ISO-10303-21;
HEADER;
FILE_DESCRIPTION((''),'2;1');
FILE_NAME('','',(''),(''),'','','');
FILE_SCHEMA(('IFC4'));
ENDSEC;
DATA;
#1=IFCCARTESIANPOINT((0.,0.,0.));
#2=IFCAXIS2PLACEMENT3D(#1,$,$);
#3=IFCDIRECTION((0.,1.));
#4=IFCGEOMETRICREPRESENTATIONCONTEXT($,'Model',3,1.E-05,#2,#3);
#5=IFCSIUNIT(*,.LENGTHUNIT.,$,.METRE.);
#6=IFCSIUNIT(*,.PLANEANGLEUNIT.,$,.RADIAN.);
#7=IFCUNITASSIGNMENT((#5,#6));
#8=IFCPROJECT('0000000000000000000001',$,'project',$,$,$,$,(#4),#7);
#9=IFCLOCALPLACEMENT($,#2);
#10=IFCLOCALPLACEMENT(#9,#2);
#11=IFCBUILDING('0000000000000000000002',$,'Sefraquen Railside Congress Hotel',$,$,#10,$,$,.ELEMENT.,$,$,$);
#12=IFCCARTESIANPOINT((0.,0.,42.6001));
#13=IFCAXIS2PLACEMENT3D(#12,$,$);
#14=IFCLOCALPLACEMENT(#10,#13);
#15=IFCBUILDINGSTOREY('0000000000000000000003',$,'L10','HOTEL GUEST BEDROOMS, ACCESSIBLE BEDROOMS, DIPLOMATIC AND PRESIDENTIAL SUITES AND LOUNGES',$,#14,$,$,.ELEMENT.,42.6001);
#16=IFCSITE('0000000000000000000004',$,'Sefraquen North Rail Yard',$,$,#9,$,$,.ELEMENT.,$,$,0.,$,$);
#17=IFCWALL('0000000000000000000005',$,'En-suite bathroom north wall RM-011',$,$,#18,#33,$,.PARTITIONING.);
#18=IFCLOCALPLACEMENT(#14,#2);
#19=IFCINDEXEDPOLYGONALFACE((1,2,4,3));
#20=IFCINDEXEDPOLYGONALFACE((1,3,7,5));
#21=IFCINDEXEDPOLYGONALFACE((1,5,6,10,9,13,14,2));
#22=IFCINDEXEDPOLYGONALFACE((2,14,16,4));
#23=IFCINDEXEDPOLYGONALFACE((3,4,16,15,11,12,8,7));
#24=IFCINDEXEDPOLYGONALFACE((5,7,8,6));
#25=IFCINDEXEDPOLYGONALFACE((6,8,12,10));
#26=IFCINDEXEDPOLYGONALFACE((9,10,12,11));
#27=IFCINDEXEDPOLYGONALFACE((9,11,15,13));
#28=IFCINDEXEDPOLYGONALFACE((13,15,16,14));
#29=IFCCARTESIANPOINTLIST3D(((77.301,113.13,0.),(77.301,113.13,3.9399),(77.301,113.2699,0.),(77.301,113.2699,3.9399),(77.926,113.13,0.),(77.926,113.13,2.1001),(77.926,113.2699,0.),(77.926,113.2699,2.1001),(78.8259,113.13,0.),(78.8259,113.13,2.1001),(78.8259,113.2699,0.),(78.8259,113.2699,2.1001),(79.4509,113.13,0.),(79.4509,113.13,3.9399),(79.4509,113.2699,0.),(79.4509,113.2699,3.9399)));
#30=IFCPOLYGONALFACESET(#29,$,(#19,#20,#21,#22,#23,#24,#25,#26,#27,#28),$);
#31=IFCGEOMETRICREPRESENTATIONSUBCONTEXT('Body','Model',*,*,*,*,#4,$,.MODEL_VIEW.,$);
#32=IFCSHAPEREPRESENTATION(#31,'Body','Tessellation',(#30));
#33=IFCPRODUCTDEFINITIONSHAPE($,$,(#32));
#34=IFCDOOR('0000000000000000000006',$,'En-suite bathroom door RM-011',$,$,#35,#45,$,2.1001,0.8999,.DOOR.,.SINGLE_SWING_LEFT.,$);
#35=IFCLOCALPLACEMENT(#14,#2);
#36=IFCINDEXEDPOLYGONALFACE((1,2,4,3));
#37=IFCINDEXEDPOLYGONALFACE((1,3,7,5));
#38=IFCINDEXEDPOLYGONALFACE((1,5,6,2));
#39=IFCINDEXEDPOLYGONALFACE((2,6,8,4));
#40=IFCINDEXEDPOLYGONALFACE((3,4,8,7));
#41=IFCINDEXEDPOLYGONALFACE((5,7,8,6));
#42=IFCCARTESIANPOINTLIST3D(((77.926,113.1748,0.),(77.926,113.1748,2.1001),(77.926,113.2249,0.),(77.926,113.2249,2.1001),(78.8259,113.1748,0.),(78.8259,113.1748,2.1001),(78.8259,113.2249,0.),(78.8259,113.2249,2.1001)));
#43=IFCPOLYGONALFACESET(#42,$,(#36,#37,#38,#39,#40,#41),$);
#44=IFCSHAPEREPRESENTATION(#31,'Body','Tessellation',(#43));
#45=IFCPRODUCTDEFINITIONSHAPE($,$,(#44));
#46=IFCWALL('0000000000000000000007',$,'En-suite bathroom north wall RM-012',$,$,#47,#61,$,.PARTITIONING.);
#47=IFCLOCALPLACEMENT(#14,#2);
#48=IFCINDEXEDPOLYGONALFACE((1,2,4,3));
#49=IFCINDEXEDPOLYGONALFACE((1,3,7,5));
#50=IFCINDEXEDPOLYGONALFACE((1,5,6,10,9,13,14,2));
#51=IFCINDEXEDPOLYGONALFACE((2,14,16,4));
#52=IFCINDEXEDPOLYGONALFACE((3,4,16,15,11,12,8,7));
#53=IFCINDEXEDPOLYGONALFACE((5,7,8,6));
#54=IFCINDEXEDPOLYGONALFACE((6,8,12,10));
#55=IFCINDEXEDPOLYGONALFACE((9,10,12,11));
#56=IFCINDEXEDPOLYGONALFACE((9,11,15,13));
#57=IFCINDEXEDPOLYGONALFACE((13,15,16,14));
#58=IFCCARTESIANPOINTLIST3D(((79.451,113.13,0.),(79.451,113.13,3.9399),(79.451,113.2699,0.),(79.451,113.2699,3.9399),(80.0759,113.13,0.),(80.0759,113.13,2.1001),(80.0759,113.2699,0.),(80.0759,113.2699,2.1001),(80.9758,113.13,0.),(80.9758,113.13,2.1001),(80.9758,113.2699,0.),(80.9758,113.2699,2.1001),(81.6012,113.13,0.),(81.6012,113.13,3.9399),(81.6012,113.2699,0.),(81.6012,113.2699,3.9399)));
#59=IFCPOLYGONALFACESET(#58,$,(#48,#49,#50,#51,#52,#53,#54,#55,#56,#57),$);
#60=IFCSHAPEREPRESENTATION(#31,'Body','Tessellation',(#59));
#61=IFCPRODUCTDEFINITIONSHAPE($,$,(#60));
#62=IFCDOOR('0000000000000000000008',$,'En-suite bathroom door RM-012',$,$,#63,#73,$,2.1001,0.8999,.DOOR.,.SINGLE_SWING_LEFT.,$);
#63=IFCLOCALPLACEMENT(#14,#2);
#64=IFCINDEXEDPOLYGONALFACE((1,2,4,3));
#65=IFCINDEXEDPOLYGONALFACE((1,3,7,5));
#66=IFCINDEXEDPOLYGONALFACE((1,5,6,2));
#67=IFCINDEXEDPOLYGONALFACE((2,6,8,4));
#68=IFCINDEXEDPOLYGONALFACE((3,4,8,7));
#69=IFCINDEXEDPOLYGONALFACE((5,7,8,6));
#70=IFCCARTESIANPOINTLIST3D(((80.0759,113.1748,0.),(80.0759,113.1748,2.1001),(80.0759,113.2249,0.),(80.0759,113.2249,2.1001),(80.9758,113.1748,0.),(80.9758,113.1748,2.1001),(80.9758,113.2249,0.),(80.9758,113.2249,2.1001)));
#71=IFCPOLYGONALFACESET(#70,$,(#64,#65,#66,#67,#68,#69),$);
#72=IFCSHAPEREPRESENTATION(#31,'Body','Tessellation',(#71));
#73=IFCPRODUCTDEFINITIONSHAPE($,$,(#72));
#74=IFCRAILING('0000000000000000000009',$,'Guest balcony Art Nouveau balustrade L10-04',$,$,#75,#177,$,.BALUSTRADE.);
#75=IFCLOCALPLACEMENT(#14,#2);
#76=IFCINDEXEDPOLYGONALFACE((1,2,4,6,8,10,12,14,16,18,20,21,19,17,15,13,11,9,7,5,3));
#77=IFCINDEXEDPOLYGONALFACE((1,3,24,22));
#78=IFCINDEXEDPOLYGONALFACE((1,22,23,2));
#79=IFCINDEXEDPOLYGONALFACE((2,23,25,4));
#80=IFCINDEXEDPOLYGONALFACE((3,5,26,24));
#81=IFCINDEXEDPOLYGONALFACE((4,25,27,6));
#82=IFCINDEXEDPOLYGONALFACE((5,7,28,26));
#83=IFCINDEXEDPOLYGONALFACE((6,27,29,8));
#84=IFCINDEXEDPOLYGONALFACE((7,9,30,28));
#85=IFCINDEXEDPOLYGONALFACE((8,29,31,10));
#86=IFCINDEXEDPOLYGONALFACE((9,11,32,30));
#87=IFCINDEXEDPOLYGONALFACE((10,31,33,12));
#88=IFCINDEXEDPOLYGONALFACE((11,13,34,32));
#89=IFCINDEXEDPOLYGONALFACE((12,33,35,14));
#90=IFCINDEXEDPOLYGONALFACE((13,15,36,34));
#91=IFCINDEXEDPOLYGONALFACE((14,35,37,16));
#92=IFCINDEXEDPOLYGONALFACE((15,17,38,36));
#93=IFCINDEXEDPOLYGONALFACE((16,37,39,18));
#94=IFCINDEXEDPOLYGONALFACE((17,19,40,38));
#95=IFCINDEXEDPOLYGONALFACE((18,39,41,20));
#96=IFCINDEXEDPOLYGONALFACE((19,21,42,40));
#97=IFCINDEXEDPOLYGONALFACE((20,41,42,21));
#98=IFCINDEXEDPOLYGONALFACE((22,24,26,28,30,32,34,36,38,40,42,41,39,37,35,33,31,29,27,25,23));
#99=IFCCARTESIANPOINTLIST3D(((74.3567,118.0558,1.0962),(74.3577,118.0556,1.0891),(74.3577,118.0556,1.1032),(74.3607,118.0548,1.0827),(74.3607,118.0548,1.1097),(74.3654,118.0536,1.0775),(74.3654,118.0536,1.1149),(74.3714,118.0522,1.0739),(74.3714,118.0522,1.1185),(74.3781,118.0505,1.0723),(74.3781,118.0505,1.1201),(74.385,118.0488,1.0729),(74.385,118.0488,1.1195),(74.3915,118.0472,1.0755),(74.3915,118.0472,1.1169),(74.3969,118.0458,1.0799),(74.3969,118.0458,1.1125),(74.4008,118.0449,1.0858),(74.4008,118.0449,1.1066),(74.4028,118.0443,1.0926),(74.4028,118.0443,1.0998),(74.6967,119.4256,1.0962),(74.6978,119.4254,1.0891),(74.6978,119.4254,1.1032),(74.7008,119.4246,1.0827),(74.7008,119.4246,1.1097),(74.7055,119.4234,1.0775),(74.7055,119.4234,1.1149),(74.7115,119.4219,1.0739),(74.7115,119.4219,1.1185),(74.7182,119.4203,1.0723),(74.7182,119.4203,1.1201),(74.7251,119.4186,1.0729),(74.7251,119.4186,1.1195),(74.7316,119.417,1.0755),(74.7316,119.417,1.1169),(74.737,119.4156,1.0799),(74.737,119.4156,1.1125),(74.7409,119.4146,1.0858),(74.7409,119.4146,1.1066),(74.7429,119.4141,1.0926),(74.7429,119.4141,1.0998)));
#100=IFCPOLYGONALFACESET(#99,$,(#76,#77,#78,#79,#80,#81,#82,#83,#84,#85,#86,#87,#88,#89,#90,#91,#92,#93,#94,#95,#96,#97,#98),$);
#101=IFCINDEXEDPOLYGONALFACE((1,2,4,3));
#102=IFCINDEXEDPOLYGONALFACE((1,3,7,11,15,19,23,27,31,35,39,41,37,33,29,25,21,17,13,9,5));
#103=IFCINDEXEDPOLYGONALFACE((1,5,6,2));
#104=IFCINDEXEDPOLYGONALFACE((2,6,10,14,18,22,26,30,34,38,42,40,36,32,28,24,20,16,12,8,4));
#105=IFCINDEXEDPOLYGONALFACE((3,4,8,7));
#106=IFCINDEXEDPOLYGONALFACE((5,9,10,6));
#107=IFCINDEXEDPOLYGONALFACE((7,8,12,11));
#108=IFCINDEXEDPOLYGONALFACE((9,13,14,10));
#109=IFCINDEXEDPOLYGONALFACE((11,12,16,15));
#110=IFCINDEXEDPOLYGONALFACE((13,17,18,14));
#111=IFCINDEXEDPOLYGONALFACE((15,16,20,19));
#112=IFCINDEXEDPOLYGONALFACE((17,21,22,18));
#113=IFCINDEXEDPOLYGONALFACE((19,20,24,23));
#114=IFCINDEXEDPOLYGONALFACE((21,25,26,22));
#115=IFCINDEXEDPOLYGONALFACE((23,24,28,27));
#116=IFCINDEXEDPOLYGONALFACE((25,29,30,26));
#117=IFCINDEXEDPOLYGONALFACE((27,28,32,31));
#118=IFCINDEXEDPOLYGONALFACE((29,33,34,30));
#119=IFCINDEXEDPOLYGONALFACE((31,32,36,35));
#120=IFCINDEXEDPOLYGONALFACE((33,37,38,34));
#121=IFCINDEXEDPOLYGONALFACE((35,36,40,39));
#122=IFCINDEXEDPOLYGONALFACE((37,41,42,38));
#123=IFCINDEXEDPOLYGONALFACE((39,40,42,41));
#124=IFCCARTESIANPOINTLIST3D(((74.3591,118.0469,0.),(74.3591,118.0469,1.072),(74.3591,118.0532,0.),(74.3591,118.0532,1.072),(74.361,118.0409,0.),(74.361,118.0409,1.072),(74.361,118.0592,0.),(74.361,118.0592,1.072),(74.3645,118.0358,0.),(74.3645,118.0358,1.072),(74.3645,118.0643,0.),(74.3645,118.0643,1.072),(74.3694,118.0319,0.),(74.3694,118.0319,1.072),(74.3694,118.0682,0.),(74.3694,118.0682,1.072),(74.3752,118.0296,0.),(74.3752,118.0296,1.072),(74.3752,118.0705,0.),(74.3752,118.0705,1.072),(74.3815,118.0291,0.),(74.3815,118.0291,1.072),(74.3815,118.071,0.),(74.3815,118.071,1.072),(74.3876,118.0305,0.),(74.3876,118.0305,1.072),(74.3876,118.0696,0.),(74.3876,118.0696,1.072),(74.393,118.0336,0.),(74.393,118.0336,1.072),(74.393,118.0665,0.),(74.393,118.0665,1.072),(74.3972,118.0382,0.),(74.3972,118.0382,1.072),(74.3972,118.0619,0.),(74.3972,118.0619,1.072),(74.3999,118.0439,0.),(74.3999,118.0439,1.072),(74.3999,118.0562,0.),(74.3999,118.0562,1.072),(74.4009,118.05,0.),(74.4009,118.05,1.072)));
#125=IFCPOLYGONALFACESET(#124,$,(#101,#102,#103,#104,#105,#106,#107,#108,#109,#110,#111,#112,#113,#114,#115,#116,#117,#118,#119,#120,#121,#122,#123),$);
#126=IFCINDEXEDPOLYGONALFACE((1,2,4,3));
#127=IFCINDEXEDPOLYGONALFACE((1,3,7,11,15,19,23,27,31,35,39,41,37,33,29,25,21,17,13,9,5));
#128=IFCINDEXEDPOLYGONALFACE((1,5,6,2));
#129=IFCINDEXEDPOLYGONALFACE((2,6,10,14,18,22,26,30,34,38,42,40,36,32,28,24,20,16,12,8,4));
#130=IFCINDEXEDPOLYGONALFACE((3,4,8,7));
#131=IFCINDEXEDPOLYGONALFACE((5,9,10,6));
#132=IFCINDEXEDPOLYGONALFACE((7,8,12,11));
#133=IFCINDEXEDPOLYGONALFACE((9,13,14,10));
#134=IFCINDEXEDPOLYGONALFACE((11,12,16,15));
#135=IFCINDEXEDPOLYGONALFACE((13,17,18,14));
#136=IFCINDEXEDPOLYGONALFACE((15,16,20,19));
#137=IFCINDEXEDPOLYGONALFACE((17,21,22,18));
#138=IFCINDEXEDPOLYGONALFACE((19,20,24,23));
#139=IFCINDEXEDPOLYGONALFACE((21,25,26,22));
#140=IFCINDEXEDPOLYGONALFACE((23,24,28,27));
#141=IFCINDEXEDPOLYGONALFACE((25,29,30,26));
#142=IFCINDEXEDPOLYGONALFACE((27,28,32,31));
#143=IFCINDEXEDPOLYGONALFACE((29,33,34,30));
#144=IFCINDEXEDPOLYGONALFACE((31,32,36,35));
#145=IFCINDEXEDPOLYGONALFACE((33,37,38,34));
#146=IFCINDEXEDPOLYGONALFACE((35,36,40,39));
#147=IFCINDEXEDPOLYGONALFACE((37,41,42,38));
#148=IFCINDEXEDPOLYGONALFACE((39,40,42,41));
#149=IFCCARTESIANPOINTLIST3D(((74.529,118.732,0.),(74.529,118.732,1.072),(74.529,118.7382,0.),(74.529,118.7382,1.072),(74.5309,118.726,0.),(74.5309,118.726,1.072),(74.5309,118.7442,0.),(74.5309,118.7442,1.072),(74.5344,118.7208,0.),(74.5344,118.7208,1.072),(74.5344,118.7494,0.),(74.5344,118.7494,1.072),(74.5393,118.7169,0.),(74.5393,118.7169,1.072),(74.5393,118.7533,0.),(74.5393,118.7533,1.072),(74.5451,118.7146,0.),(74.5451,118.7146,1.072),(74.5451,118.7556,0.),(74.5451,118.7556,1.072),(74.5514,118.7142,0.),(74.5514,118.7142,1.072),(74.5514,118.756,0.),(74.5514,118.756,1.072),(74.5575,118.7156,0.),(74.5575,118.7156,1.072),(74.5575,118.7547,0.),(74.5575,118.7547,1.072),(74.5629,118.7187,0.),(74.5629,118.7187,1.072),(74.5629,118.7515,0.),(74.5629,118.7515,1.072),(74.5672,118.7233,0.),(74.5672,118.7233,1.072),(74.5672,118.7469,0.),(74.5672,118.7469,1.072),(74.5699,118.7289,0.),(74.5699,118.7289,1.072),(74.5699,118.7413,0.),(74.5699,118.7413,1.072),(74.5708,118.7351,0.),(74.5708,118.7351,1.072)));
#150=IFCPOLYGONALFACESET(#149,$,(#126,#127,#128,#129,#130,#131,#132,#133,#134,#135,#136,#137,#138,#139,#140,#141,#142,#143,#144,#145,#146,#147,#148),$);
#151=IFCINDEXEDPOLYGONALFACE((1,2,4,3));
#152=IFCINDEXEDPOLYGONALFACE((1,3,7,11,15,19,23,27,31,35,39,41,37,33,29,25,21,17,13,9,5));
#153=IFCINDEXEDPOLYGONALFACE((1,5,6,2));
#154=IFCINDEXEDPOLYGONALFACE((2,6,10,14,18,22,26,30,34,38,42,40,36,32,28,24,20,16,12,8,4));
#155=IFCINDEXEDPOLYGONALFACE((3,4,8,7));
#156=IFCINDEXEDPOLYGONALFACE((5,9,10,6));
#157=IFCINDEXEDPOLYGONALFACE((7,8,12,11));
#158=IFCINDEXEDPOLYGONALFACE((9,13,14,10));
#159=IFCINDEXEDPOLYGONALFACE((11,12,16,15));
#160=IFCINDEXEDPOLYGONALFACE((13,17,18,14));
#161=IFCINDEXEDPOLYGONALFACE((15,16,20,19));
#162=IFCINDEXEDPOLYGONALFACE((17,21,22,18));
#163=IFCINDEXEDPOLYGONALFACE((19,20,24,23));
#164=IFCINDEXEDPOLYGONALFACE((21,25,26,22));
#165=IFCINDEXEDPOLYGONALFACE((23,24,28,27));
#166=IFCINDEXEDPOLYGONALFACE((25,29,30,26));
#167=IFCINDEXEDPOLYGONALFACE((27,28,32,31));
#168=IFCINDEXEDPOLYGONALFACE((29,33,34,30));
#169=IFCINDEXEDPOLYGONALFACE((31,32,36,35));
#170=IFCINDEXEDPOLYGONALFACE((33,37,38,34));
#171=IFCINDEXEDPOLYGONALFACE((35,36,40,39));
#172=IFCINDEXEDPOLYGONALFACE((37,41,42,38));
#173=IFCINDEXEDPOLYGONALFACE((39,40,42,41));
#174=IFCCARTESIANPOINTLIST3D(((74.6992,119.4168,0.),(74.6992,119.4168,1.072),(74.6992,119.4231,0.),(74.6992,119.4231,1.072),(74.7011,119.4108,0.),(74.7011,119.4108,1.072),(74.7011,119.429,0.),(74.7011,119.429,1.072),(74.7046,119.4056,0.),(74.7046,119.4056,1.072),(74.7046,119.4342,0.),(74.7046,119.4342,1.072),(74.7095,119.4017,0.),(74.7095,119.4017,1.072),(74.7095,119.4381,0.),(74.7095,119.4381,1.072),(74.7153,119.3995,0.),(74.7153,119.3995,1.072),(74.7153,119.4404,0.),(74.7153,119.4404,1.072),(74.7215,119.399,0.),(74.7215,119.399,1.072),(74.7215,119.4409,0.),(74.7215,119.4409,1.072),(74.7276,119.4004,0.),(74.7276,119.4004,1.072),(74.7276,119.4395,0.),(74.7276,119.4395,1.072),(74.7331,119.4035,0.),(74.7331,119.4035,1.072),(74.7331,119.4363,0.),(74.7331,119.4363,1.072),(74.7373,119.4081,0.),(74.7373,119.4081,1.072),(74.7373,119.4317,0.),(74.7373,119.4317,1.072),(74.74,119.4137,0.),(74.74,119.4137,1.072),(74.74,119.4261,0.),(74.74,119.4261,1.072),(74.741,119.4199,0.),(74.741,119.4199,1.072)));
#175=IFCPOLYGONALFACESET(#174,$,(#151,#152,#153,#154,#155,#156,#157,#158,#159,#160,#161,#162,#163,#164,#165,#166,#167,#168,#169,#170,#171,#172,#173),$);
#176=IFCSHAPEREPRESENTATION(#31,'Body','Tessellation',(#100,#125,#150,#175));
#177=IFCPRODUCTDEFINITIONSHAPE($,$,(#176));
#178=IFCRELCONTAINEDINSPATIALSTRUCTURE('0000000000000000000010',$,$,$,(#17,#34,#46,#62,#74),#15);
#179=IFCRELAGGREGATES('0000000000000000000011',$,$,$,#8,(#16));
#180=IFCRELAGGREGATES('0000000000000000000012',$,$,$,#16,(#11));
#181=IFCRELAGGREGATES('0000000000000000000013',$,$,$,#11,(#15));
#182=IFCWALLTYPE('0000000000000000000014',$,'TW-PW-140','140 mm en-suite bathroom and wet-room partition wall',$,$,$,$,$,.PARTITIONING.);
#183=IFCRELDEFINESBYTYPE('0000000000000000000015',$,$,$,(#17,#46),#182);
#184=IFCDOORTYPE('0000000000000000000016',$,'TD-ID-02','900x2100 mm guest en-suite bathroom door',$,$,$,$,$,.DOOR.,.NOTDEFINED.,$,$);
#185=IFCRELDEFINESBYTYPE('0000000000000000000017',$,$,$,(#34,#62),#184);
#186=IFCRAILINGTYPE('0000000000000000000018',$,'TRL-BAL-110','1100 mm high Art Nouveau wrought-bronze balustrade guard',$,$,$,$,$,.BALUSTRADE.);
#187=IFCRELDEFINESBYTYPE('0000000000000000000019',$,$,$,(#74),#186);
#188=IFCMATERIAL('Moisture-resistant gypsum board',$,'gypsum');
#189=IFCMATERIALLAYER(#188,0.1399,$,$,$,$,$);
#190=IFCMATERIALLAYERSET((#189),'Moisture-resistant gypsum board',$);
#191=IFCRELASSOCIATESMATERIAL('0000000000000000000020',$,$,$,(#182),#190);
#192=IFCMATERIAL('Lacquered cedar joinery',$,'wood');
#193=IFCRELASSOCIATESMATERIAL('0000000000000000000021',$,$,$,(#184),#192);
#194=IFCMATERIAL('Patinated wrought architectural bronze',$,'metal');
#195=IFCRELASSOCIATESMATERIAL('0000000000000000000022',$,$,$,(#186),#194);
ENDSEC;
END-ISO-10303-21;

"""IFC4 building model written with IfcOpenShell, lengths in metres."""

from ifc_helpers import new_model, si_unit, direction, frame, frame_2d, origin, origin_2d, place, context, subcontext, project, spatial, rectangle, circle, extrude, material, layer, layer_set, type_object, element, fill, save


model = new_model("IFC4")

# Units and contexts
model_context = context("Model", 3, precision=1e-05, world=origin(), true_north=direction((0.0, 1.0)))
body_context = subcontext(model_context, "Body", "Model", "MODEL_VIEW")
ifc_project = project(units=[si_unit("LENGTHUNIT", "METRE"), si_unit("PLANEANGLEUNIT", "RADIAN")], contexts=[model_context])

# Site, building, storey
site_placement = place(None, origin())
site = spatial("IfcSite", under=ifc_project, at=site_placement, Name="Sefraquen North Rail Yard", CompositionType="ELEMENT", RefElevation=0.0)
building_placement = place(site_placement, origin())
building = spatial("IfcBuilding", under=site, at=building_placement, Name="Sefraquen Railside Congress Hotel", CompositionType="ELEMENT")
storey_placement = place(building_placement, frame((0.0, 0.0, 42.6001)))
storey = spatial("IfcBuildingStorey", under=building, at=storey_placement, Name="L10", Description="HOTEL GUEST BEDROOMS, ACCESSIBLE BEDROOMS, DIPLOMATIC AND PRESIDENTIAL SUITES AND LOUNGES", CompositionType="ELEMENT", Elevation=42.6001)

# Walls, openings, doors
ifc_material_1 = material(Name="Moisture-resistant gypsum board", Category="gypsum")
ifc_layer = layer(ifc_material_1, 0.1399)
ifc_layer_set = layer_set([ifc_layer], Name="Moisture-resistant gypsum board")
wall_type = type_object("IfcWallType", Name="TW-PW-140", Description="140 mm en-suite bathroom and wet-room partition wall", PredefinedType="PARTITIONING", material=ifc_layer_set)
ifc_material_2 = material(Name="Lacquered cedar joinery", Category="wood")
door_type = type_object("IfcDoorType", Name="TD-ID-02", Description="900x2100 mm guest en-suite bathroom door", OperationType="NOTDEFINED", PredefinedType="DOOR", material=ifc_material_2)
wall_1_placement = place(storey_placement, frame((77.301, 113.2, 0.0), z_axis=(0.0, 0.0, 1.0), x_axis=(1.0, 0.0, 0.0)))
wall_1 = element("IfcWall", 1, at=wall_1_placement, inside=storey, type_object=wall_type, Name="En-suite bathroom north wall RM-011", PredefinedType="PARTITIONING", context=body_context, shape_type="SweptSolid", body=[
    extrude(rectangle(XDim=2.1499, YDim=0.1399, at=frame_2d((1.075, 0.0))), origin(), (0.0, 0.0, 1.0), 3.9399),
])
opening_1_placement = place(wall_1_placement, frame((0.625, 0.0, 0.0)))
opening_1 = element("IfcOpeningElement", 2, at=opening_1_placement, cuts=wall_1, PredefinedType="OPENING", context=body_context, shape_type="SweptSolid", body=[
    extrude(rectangle(XDim=0.8999, YDim=2.1001, at=frame_2d((0.45, 1.05))), frame((0.0, 0.0798, 0.0), z_axis=(0.0, -1.0, 0.0), x_axis=(1.0, 0.0, 0.0)), (0.0, 0.0, 1.0), 0.1599),
])
door_1_placement = place(opening_1_placement, origin())
door_1 = element("IfcDoor", 3, at=door_1_placement, inside=storey, type_object=door_type, Name="En-suite bathroom door RM-011", OperationType="SINGLE_SWING_LEFT", OverallHeight=2.1001, OverallWidth=0.8999, PredefinedType="DOOR", context=body_context, shape_type="SweptSolid", body=[
    extrude(rectangle(XDim=0.8999, YDim=2.1001, at=frame_2d((0.45, 1.05))), frame((0.0, 0.0249, 0.0), z_axis=(0.0, -1.0, 0.0), x_axis=(1.0, 0.0, 0.0)), (0.0, 0.0, 1.0), 0.05),
])
fill(opening_1, door_1)
wall_2_placement = place(storey_placement, frame((79.4509, 113.2, 0.0), z_axis=(0.0, 0.0, 1.0), x_axis=(1.0, 0.0, 0.0)))
wall_2 = element("IfcWall", 4, at=wall_2_placement, inside=storey, type_object=wall_type, Name="En-suite bathroom north wall RM-012", PredefinedType="PARTITIONING", context=body_context, shape_type="SweptSolid", body=[
    extrude(rectangle(XDim=2.1501, YDim=0.1399, at=frame_2d((1.0752, 0.0))), origin(), (0.0, 0.0, 1.0), 3.9399),
])
opening_2_placement = place(wall_2_placement, frame((0.625, 0.0, 0.0)))
opening_2 = element("IfcOpeningElement", 5, at=opening_2_placement, cuts=wall_2, PredefinedType="OPENING", context=body_context, shape_type="SweptSolid", body=[
    extrude(rectangle(XDim=0.8999, YDim=2.1001, at=frame_2d((0.45, 1.05))), frame((0.0, 0.0798, 0.0), z_axis=(0.0, -1.0, 0.0), x_axis=(1.0, 0.0, 0.0)), (0.0, 0.0, 1.0), 0.1599),
])
door_2_placement = place(opening_2_placement, origin())
door_2 = element("IfcDoor", 6, at=door_2_placement, inside=storey, type_object=door_type, Name="En-suite bathroom door RM-012", OperationType="SINGLE_SWING_LEFT", OverallHeight=2.1001, OverallWidth=0.8999, PredefinedType="DOOR", context=body_context, shape_type="SweptSolid", body=[
    extrude(rectangle(XDim=0.8999, YDim=2.1001, at=frame_2d((0.45, 1.05))), frame((0.0, 0.0249, 0.0), z_axis=(0.0, -1.0, 0.0), x_axis=(1.0, 0.0, 0.0)), (0.0, 0.0, 1.0), 0.05),
])
fill(opening_2, door_2)

# Railing
ifc_material_3 = material(Name="Patinated wrought architectural bronze", Category="metal")
railing_type = type_object("IfcRailingType", Name="TRL-BAL-110", Description="1100 mm high Art Nouveau wrought-bronze balustrade guard", PredefinedType="BALUSTRADE", material=ifc_material_3)
railing_1_placement = place(storey_placement, frame((74.3799, 118.05, 0.0)))
element("IfcRailing", 7, at=railing_1_placement, inside=storey, type_object=railing_type, Name="Guest balcony Art Nouveau balustrade L10-04", PredefinedType="BALUSTRADE", context=body_context, shape_type="SweptSolid", body=[
    extrude(circle(Radius=0.0239, at=origin_2d()), frame((0.0, 0.0, 1.0962), z_axis=(0.240948, 0.970538, 0.0), x_axis=(-0.970538, 0.240948, 0.0)), (0.0, 0.0, 1.0), 1.4114),
    extrude(circle(Radius=0.021, at=origin_2d()), origin(), (0.0, 0.0, 1.0), 1.072),
    extrude(circle(Radius=0.021, at=origin_2d()), frame((0.1699, 0.6851, 0.0)), (0.0, 0.0, 1.0), 1.072),
    extrude(circle(Radius=0.021, at=origin_2d()), frame((0.3401, 1.3699, 0.0)), (0.0, 0.0, 1.0), 1.072),
])

save(model, "model.ifc")
